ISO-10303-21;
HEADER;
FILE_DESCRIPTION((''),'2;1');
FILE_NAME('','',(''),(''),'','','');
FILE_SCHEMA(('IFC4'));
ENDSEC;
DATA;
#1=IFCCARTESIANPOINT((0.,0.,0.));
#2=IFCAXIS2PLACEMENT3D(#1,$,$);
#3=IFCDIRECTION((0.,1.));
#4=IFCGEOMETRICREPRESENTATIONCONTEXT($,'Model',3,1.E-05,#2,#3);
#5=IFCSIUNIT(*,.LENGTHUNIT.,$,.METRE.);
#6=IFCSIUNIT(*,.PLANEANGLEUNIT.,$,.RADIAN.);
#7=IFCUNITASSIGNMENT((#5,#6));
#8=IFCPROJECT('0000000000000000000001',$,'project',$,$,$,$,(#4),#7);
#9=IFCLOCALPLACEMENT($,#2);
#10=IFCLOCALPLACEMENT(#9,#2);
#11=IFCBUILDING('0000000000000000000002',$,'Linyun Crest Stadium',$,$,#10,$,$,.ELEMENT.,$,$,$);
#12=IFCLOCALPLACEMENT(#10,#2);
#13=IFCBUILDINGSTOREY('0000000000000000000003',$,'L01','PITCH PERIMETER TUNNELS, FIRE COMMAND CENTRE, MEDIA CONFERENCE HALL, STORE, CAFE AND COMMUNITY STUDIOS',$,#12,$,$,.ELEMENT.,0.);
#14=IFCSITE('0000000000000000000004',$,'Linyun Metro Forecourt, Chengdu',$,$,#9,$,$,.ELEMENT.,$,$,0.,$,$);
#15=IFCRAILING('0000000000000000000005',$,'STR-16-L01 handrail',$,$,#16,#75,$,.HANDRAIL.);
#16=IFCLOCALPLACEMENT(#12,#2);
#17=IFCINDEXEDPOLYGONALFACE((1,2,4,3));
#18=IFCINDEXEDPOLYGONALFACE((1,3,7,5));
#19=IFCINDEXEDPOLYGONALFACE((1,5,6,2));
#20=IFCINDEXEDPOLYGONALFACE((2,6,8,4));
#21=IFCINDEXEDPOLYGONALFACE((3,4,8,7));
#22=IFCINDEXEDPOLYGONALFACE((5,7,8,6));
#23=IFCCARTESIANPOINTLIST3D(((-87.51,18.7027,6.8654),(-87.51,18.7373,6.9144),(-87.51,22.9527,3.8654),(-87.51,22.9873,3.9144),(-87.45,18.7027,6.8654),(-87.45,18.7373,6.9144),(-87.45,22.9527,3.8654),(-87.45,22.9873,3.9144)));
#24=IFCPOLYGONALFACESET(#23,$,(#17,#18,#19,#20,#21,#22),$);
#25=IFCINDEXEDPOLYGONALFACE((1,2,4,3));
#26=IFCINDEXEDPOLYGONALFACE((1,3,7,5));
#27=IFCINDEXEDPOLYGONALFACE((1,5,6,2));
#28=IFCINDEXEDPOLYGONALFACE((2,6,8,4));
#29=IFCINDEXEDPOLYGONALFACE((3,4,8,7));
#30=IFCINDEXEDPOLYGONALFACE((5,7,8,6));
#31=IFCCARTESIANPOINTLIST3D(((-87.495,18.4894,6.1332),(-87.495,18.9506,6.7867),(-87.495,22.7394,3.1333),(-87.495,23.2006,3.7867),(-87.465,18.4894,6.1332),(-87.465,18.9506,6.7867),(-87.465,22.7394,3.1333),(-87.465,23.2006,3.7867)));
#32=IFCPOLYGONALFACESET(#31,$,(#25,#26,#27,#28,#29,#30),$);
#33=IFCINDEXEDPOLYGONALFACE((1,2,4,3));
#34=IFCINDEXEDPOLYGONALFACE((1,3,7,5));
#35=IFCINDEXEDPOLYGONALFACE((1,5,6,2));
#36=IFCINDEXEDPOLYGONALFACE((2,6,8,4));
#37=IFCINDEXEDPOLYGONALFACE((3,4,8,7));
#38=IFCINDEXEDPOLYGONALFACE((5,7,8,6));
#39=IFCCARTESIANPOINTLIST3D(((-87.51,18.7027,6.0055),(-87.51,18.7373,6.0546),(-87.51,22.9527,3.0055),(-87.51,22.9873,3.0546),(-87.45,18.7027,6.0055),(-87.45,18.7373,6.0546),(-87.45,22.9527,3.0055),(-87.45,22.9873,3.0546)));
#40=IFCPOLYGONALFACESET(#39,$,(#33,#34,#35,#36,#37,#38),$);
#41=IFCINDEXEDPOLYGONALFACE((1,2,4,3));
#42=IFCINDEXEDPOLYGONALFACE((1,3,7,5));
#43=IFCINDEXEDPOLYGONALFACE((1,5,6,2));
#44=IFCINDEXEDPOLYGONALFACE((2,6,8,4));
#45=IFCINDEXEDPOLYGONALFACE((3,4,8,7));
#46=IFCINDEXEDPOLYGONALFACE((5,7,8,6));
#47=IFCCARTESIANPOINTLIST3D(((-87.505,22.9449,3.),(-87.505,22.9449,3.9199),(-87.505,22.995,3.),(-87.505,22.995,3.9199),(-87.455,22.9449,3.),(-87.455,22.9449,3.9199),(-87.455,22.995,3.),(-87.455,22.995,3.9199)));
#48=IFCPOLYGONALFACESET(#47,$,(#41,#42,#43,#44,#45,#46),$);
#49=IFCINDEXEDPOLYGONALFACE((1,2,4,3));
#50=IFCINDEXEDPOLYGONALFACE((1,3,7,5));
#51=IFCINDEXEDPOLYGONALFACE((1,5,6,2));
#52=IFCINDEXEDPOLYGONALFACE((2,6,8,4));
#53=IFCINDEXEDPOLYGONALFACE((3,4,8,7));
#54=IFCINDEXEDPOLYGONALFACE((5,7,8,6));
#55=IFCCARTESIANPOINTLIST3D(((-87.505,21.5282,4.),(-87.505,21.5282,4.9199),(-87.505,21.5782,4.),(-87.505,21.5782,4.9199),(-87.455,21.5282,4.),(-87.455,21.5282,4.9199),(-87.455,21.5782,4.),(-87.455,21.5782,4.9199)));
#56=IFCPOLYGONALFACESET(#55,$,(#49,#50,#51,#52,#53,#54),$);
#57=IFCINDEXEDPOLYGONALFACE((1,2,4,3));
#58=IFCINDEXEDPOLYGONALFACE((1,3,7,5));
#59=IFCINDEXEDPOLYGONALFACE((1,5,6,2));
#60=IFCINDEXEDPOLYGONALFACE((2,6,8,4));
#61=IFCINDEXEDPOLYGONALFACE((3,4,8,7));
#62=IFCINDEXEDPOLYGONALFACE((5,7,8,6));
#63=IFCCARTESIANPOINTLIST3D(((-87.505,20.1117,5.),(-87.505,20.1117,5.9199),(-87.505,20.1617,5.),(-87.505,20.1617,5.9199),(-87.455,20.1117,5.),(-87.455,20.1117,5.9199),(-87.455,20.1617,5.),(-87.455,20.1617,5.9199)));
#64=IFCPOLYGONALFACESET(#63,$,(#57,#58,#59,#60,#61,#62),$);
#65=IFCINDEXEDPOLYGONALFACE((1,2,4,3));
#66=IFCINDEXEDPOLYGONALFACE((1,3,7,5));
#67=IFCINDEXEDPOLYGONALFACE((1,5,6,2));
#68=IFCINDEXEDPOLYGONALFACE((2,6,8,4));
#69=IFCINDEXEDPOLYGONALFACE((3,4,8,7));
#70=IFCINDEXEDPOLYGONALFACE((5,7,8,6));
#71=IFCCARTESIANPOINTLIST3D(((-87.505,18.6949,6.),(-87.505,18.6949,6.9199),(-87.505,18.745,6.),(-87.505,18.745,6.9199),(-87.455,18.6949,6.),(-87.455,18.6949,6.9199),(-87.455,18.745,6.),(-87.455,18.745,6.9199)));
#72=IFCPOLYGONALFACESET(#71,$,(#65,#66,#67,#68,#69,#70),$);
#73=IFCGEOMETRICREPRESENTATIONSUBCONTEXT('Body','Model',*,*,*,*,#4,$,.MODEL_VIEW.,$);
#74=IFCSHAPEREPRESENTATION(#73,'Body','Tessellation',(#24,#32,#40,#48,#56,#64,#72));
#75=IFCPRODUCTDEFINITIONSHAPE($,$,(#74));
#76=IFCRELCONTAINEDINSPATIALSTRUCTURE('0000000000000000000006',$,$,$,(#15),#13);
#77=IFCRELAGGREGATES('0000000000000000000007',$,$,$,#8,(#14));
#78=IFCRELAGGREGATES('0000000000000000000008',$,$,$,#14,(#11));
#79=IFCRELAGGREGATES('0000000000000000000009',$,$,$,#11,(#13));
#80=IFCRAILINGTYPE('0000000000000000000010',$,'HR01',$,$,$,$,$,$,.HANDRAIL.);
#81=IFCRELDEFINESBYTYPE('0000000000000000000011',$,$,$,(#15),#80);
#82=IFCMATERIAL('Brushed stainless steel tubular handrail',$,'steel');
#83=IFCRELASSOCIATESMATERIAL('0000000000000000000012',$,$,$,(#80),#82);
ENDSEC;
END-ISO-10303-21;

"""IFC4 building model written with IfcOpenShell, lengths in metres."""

from ifc_helpers import new_model, si_unit, direction, frame, origin, origin_2d, place, context, subcontext, project, spatial, rectangle, extrude, material, type_object, element, save


model = new_model("IFC4")

# Units and contexts
model_context = context("Model", 3, precision=1e-05, world=origin(), true_north=direction((0.0, 1.0)))
body_context = subcontext(model_context, "Body", "Model", "MODEL_VIEW")
ifc_project = project(units=[si_unit("LENGTHUNIT", "METRE"), si_unit("PLANEANGLEUNIT", "RADIAN")], contexts=[model_context])

# Site, building, storey
site_placement = place(None, origin())
site = spatial("IfcSite", under=ifc_project, at=site_placement, Name="Linyun Metro Forecourt, Chengdu", CompositionType="ELEMENT", RefElevation=0.0)
building_placement = place(site_placement, origin())
building = spatial("IfcBuilding", under=site, at=building_placement, Name="Linyun Crest Stadium", CompositionType="ELEMENT")
storey_placement = place(building_placement, origin())
storey = spatial("IfcBuildingStorey", under=building, at=storey_placement, Name="L01", Description="PITCH PERIMETER TUNNELS, FIRE COMMAND CENTRE, MEDIA CONFERENCE HALL, STORE, CAFE AND COMMUNITY STUDIOS", CompositionType="ELEMENT", Elevation=0.0)

# Railing
ifc_material_1 = material(Name="Brushed stainless steel tubular handrail", Category="steel")
railing_type_1 = type_object("IfcRailingType", Name="HR01", PredefinedType="HANDRAIL", material=ifc_material_1)
railing_1_placement = place(storey_placement, frame((-87.48, 22.97, 3.0)))
element("IfcRailing", 1, at=railing_1_placement, inside=storey, type_object=railing_type_1, Name="STR-16-L01 handrail", PredefinedType="HANDRAIL", context=body_context, shape_type="SweptSolid", body=[
    extrude(rectangle(XDim=0.0601, YDim=0.0601, at=origin_2d()), frame((0.0, 0.0, 0.8899), z_axis=(0.0, -0.816968, 0.576683), x_axis=(1.0, 0.0, 0.0)), (0.0, 0.0, 1.0), 5.2021),
    extrude(rectangle(XDim=0.03, YDim=0.7998, at=origin_2d()), frame((0.0, 0.0, 0.46), z_axis=(0.0, -0.816968, 0.576683), x_axis=(1.0, 0.0, 0.0)), (0.0, 0.0, 1.0), 5.2021),
    extrude(rectangle(XDim=0.0601, YDim=0.0601, at=origin_2d()), frame((0.0, 0.0, 0.03), z_axis=(0.0, -0.816968, 0.576683), x_axis=(1.0, 0.0, 0.0)), (0.0, 0.0, 1.0), 5.2021),
    extrude(rectangle(XDim=0.05, YDim=0.05, at=origin_2d()), origin(), (0.0, 0.0, 1.0), 0.9199),
    extrude(rectangle(XDim=0.05, YDim=0.05, at=origin_2d()), frame((0.0, -1.4167, 1.0)), (0.0, 0.0, 1.0), 0.9199),
    extrude(rectangle(XDim=0.05, YDim=0.05, at=origin_2d()), frame((0.0, -2.8333, 2.0)), (0.0, 0.0, 1.0), 0.9199),
    extrude(rectangle(XDim=0.05, YDim=0.05, at=origin_2d()), frame((0.0, -4.25, 3.0)), (0.0, 0.0, 1.0), 0.9199),
])

save(model, "model.ifc")
